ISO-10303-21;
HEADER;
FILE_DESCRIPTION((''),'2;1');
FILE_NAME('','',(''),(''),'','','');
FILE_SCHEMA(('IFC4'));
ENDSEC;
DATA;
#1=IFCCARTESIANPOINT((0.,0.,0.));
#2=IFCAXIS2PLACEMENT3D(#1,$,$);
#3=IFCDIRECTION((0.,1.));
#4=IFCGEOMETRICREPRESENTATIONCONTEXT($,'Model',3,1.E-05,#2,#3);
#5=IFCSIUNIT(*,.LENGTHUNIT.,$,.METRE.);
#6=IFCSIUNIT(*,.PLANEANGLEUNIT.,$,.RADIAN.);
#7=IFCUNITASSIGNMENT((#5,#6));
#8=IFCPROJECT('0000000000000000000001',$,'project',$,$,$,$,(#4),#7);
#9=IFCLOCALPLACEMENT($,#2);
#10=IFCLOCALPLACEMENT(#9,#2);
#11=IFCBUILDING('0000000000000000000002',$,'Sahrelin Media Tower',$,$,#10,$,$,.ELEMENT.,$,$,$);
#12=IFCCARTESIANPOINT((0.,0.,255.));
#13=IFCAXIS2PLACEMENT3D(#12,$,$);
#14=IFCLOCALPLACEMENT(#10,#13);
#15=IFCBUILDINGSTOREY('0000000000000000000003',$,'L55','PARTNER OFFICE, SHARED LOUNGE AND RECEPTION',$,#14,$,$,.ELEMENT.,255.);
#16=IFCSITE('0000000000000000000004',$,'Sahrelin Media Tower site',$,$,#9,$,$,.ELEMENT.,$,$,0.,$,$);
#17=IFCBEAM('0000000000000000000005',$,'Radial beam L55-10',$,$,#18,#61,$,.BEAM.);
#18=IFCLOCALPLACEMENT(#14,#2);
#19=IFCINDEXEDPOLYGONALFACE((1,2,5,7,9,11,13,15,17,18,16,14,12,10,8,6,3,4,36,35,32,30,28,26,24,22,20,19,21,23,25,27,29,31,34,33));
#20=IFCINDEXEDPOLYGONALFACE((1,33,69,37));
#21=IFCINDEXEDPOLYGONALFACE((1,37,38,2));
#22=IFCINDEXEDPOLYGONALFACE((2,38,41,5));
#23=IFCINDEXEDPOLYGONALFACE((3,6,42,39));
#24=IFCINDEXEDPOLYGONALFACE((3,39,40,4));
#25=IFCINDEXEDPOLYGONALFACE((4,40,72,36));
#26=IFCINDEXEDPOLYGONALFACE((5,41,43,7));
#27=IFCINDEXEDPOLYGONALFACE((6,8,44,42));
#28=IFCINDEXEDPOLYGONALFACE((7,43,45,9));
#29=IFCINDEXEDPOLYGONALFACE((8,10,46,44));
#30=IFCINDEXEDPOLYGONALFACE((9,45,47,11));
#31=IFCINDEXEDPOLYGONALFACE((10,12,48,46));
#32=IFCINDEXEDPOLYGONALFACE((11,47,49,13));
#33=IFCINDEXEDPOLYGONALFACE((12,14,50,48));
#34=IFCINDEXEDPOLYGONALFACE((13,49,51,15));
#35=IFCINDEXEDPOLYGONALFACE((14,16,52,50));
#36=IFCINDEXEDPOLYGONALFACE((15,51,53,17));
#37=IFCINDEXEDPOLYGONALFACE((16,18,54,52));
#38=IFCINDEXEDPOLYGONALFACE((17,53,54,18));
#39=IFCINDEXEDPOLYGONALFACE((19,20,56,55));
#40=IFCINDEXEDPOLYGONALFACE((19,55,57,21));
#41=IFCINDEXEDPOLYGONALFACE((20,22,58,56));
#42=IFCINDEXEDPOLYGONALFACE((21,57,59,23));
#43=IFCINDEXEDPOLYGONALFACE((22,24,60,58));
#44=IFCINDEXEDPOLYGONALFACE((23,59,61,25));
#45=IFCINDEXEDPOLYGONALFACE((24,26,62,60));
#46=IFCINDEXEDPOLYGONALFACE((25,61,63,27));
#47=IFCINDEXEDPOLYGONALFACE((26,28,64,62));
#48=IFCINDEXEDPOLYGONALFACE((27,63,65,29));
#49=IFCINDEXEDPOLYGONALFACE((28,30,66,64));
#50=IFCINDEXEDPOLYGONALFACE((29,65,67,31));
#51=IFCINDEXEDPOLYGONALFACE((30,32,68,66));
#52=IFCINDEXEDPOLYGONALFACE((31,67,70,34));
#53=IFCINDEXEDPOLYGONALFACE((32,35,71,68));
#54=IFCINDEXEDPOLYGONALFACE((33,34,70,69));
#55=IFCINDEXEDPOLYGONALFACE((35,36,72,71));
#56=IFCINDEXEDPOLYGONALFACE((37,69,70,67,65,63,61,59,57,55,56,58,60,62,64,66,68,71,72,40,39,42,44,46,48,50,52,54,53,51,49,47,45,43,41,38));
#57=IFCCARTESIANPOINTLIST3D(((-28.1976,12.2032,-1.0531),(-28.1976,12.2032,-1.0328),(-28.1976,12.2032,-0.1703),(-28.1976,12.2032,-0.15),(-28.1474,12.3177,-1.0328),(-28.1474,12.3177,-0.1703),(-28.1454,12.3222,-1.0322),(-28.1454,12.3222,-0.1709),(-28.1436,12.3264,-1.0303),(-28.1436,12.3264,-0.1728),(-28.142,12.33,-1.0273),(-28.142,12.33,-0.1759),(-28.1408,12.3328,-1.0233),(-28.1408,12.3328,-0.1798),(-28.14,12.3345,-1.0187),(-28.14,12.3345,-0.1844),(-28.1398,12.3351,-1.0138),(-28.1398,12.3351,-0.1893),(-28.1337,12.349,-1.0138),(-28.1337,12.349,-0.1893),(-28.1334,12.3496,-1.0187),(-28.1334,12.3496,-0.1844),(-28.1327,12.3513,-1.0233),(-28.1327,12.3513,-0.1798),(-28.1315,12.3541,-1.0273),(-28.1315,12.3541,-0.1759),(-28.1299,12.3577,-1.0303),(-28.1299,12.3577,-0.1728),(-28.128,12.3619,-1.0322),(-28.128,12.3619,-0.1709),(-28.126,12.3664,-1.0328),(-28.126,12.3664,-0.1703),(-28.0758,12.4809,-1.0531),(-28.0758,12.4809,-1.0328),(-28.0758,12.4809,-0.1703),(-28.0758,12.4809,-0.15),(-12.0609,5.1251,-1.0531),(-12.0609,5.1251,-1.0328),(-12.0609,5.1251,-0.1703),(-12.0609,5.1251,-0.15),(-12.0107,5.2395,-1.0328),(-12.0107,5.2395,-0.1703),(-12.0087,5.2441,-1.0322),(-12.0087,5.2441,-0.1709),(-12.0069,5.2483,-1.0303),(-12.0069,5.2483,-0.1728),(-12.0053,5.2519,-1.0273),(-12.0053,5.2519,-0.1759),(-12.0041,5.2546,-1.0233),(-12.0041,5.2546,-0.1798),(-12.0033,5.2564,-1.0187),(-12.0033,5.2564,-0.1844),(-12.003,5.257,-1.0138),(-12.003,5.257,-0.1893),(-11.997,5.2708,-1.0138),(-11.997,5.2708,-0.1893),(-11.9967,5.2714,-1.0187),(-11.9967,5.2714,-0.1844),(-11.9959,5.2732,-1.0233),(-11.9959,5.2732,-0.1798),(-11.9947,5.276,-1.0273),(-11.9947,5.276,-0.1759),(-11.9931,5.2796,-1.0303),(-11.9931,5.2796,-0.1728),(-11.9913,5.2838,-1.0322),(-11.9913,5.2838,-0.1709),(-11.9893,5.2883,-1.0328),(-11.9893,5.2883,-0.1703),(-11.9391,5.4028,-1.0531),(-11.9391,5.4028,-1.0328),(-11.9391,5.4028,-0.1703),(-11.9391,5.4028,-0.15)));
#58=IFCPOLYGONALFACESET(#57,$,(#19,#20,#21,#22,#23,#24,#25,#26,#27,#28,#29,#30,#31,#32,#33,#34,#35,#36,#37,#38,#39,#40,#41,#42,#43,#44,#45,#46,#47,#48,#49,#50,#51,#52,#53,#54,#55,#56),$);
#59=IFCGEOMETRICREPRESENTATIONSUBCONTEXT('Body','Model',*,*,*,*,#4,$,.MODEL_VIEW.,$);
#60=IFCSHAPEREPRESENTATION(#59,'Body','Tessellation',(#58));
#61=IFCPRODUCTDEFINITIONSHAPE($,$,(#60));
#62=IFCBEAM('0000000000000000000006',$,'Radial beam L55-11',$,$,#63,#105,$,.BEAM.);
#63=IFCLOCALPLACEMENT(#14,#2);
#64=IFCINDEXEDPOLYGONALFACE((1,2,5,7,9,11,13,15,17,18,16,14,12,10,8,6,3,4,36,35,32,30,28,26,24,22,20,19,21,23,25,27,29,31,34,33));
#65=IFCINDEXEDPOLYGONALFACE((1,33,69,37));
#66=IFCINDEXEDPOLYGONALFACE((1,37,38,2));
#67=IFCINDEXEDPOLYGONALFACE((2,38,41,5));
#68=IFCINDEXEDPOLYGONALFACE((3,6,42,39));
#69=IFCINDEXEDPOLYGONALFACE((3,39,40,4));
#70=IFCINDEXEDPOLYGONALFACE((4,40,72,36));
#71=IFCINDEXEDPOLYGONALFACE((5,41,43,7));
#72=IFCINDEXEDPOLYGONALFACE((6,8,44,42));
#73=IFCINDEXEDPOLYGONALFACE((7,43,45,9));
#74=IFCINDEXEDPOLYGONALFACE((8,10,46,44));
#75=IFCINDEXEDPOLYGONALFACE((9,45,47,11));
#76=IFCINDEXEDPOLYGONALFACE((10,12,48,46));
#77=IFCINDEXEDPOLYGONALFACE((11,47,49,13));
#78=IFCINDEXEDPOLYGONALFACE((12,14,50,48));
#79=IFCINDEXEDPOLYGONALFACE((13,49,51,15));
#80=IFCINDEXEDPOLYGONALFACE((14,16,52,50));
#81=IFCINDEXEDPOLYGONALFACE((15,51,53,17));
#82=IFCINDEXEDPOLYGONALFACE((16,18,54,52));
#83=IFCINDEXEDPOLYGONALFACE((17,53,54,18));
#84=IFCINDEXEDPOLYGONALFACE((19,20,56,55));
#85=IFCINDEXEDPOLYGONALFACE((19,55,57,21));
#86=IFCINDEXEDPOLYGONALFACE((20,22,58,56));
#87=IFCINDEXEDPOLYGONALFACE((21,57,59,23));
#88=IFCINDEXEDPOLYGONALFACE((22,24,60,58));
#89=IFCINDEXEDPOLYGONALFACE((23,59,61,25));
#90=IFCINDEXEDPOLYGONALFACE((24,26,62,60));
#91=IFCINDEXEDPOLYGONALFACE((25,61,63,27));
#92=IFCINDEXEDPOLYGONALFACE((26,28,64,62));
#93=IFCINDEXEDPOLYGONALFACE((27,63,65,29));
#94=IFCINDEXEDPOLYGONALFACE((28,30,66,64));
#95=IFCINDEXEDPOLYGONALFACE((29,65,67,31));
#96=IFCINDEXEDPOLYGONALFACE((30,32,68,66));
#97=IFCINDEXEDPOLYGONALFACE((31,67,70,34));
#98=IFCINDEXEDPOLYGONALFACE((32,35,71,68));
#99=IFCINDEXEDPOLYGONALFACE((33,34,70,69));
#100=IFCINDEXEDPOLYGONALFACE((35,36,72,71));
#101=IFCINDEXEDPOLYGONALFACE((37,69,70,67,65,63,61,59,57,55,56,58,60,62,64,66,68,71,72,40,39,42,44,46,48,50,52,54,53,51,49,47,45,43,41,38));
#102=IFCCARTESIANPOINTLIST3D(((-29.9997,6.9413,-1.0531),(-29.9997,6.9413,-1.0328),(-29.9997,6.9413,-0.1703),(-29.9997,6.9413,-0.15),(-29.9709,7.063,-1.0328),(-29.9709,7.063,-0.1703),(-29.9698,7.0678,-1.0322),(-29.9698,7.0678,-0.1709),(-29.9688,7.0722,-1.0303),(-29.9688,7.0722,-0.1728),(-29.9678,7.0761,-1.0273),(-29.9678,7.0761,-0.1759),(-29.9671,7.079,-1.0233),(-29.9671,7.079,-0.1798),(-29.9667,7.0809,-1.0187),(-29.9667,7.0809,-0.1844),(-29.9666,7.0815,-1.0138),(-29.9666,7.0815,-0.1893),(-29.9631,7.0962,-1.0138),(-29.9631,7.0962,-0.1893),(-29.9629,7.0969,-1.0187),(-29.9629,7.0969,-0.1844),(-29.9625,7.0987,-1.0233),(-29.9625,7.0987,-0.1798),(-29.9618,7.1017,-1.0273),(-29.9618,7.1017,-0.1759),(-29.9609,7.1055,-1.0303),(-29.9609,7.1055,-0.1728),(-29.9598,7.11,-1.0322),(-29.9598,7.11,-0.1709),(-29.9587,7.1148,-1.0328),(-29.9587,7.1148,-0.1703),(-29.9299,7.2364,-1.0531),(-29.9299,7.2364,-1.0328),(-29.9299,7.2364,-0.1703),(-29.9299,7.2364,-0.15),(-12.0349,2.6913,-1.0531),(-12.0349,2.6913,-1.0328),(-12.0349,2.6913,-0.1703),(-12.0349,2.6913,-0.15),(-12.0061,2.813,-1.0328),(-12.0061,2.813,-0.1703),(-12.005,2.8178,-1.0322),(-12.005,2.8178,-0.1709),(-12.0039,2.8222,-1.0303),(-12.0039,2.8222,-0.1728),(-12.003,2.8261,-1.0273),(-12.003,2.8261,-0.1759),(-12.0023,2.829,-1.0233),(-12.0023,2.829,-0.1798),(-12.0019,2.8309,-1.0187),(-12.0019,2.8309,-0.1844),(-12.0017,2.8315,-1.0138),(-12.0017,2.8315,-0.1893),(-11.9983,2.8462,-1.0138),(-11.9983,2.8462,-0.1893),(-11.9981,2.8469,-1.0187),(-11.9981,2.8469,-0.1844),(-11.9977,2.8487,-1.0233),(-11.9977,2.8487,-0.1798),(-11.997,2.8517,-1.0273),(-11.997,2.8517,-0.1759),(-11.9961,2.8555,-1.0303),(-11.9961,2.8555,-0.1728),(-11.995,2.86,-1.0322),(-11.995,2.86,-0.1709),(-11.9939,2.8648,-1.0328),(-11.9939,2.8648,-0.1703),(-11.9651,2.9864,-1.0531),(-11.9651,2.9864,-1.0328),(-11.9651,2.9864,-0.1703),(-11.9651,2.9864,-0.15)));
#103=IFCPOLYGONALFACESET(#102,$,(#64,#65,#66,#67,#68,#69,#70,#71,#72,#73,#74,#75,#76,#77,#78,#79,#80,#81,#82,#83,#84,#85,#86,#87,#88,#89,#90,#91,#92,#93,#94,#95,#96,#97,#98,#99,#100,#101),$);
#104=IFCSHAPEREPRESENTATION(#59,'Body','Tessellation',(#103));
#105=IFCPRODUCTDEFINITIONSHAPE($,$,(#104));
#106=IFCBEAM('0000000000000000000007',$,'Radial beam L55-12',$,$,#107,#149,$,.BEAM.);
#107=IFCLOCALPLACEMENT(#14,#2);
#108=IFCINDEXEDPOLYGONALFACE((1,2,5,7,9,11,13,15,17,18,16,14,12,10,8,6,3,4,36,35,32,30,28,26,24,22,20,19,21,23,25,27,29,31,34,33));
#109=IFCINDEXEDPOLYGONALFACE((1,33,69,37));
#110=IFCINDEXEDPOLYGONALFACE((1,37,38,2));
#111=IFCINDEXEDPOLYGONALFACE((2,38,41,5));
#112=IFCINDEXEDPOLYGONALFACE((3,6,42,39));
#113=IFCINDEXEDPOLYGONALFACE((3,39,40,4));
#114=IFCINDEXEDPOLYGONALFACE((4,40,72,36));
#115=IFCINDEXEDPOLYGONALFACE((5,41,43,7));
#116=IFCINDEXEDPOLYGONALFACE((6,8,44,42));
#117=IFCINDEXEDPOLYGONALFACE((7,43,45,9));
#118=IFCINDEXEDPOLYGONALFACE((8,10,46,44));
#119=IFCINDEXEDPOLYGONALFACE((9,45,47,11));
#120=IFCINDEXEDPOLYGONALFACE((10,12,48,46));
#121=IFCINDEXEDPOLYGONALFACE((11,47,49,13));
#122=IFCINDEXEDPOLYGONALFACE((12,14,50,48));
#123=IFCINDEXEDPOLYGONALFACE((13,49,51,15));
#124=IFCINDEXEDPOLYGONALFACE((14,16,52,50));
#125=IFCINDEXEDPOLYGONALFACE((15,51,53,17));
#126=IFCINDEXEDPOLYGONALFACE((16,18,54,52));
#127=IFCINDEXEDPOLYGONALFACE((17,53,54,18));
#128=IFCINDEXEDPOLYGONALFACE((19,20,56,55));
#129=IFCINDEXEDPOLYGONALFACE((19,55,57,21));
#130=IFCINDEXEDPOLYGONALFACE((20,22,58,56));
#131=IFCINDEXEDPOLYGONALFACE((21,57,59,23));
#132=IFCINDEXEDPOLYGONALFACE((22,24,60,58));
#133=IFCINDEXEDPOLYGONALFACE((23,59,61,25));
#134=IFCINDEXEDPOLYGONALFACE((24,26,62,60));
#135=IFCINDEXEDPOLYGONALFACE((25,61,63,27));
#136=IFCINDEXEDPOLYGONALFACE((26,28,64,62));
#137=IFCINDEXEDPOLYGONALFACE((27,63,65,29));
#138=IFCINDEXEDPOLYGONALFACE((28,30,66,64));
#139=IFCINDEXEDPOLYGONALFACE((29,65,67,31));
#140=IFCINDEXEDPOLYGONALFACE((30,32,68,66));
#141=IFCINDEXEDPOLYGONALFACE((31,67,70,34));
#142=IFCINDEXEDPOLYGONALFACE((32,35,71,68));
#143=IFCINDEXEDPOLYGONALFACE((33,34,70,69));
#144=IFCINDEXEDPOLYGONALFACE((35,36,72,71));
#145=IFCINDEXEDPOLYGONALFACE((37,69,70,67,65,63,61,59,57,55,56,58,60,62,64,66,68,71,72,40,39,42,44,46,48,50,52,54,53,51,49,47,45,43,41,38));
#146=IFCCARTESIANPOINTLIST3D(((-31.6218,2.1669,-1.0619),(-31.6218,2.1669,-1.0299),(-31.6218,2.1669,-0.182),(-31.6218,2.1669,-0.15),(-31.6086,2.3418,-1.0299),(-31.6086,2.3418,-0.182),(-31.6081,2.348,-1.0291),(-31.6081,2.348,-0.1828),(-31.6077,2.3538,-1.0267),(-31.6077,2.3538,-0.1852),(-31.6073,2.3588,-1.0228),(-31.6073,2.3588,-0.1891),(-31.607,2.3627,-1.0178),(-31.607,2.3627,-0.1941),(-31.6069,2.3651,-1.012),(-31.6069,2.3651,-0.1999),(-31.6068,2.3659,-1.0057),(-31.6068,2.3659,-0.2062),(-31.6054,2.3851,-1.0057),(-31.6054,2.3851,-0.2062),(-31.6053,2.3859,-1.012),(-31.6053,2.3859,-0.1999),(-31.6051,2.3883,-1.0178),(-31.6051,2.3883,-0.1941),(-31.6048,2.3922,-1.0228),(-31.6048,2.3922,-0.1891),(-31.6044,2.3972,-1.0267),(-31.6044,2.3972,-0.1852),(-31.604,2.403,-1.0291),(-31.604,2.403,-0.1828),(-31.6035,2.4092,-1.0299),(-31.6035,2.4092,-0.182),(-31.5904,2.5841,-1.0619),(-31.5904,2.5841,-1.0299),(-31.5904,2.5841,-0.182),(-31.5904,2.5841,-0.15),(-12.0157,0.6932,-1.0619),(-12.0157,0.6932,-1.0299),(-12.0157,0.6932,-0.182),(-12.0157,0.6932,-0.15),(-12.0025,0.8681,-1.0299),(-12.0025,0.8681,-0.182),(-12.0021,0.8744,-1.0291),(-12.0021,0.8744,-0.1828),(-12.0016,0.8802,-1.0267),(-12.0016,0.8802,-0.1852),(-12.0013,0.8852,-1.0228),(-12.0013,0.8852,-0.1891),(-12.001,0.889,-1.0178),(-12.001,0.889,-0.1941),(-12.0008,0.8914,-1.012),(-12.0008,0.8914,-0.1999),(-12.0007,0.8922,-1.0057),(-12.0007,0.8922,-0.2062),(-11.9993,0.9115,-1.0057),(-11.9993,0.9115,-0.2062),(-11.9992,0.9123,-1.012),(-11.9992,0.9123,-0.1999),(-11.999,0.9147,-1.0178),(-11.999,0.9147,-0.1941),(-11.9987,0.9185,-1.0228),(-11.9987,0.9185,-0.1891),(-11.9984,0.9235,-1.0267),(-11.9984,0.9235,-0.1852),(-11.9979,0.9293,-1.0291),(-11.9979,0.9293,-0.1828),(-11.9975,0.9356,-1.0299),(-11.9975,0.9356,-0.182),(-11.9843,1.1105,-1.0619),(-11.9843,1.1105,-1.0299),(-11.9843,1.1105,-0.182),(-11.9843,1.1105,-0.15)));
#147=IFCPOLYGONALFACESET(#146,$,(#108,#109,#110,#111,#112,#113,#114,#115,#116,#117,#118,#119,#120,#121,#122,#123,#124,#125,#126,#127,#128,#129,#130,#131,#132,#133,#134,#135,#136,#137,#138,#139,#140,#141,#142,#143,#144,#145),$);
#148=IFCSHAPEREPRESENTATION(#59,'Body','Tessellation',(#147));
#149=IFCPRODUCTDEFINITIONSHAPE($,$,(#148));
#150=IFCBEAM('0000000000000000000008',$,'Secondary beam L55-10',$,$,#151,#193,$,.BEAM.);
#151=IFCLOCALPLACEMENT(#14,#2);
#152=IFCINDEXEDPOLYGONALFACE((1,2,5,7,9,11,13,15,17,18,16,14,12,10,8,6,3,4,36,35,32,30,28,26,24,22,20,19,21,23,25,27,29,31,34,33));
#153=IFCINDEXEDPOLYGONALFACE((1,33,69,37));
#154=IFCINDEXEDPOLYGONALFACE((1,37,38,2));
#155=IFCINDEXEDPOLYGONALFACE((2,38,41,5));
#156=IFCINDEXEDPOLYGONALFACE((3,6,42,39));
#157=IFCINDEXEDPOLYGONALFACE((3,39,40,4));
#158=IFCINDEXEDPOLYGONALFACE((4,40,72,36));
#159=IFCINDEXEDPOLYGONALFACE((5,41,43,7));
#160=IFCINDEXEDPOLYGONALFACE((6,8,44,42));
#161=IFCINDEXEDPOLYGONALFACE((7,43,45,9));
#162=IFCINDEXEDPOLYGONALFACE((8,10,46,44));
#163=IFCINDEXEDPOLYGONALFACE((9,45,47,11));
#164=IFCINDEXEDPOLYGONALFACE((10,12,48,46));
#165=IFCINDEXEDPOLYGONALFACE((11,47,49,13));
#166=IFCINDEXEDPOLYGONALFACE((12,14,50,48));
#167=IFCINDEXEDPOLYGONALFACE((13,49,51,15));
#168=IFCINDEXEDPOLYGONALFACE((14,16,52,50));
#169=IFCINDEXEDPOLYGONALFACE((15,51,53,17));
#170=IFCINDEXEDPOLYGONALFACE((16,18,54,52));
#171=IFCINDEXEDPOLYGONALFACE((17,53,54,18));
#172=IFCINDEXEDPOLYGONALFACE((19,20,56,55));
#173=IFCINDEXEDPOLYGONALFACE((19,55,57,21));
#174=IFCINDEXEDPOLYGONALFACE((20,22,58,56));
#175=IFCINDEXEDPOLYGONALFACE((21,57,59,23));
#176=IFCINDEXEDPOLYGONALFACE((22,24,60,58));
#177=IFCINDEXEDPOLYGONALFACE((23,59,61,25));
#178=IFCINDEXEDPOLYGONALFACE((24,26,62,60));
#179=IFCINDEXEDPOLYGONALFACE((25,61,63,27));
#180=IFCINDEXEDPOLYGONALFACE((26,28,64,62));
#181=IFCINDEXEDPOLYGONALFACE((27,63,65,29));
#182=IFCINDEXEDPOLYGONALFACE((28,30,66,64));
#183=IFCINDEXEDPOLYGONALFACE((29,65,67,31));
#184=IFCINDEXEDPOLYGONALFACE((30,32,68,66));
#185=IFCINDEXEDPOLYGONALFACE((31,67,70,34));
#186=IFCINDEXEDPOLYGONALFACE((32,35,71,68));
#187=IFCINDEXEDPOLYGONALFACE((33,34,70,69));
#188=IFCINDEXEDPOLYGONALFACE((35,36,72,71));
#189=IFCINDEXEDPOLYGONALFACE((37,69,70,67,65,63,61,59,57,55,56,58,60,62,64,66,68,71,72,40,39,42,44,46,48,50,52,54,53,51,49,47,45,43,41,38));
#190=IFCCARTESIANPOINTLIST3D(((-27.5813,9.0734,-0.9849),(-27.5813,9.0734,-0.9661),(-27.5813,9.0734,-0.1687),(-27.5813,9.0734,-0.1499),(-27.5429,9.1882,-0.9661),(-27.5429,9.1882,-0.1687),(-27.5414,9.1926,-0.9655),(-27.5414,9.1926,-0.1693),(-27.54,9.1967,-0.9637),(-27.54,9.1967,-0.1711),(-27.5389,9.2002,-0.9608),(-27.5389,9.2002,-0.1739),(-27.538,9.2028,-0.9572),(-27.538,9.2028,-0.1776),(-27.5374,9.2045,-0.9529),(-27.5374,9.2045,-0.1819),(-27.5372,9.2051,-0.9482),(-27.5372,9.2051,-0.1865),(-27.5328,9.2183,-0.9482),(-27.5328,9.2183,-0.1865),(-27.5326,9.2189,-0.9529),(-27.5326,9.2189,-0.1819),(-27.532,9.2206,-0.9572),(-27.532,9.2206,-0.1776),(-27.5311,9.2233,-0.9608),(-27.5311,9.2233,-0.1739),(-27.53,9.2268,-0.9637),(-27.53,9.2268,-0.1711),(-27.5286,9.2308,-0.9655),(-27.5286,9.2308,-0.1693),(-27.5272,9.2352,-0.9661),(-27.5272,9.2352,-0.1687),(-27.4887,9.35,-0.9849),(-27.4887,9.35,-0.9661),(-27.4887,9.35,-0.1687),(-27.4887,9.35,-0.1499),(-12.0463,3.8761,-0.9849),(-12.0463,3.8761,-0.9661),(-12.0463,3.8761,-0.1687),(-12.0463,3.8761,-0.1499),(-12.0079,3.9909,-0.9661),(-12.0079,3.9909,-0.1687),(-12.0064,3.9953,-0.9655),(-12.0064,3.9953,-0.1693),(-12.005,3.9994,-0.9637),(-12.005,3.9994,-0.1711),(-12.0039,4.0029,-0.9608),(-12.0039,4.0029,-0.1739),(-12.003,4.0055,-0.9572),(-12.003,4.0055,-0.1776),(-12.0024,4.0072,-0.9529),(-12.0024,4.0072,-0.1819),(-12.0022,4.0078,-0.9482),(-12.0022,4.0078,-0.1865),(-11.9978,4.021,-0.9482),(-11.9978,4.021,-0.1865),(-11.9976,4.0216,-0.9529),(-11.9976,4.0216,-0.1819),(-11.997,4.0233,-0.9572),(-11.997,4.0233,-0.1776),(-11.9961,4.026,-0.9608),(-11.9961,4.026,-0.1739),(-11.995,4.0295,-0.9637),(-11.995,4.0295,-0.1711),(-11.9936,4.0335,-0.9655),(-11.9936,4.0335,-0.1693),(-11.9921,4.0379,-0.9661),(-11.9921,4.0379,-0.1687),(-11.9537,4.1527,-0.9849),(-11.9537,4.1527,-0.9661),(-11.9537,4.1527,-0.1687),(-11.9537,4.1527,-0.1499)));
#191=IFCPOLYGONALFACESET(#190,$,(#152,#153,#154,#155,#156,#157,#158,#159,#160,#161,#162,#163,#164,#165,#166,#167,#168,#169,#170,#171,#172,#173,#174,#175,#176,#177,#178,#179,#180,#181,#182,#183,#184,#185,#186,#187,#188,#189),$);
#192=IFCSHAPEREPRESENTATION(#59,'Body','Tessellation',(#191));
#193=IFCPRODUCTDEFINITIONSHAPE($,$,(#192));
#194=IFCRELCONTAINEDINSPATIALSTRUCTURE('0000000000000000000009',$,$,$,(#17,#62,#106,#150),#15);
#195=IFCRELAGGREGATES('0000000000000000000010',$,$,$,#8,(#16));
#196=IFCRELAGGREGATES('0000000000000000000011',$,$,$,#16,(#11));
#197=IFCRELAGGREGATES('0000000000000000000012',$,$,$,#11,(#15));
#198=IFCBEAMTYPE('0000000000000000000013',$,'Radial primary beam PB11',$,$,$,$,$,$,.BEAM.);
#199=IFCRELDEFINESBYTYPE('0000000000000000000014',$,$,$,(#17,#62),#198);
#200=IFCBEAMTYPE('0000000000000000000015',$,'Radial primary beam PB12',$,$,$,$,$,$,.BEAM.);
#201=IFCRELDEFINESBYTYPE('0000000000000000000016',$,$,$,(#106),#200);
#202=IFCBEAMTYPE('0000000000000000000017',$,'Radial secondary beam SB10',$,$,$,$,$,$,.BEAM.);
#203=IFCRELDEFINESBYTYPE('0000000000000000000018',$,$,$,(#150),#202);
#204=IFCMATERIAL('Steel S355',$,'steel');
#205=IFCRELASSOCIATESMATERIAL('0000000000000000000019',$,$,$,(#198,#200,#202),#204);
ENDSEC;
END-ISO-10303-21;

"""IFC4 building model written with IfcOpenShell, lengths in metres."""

from ifc_helpers import new_model, si_unit, direction, frame, origin, origin_2d, place, context, subcontext, project, spatial, i_section, extrude, material, material_profile, profile_set, type_object, element, save


model = new_model("IFC4")

# Units and contexts
model_context = context("Model", 3, precision=1e-05, world=origin(), true_north=direction((0.0, 1.0)))
body_context = subcontext(model_context, "Body", "Model", "MODEL_VIEW")
ifc_project = project(units=[si_unit("LENGTHUNIT", "METRE"), si_unit("PLANEANGLEUNIT", "RADIAN")], contexts=[model_context])

# Site, building, storey
site_placement = place(None, origin())
site = spatial("IfcSite", under=ifc_project, at=site_placement, Name="Sahrelin Media Tower site", CompositionType="ELEMENT", RefElevation=0.0)
building_placement = place(site_placement, origin())
building = spatial("IfcBuilding", under=site, at=building_placement, Name="Sahrelin Media Tower", CompositionType="ELEMENT")
storey_placement = place(building_placement, frame((0.0, 0.0, 255.0)))
storey = spatial("IfcBuildingStorey", under=building, at=storey_placement, Name="L55", Description="PARTNER OFFICE, SHARED LOUNGE AND RECEPTION", CompositionType="ELEMENT", Elevation=255.0)

# Beams
ifc_material_1 = material(Name="Steel S355", Category="steel")
ifc_material_profile_1 = material_profile(ifc_material_1, i_section(OverallWidth=0.3032, OverallDepth=0.9031, WebThickness=0.0151, FlangeThickness=0.0203, FilletRadius=0.019, at=origin_2d()), Name="UB 914x305x201")
ifc_profile_set_1 = profile_set([ifc_material_profile_1], Name="Steel S355")
beam_type_1 = type_object("IfcBeamType", Name="Radial primary beam PB11", PredefinedType="BEAM", material=ifc_profile_set_1)
beam_1_placement = place(storey_placement, frame((-12.0, 5.2639, -0.6016), z_axis=(-0.915775, 0.401691, 0.0), x_axis=(-0.401691, -0.915775, 0.0)))
element("IfcBeam", 1, at=beam_1_placement, inside=storey, type_object=beam_type_1, Name="Radial beam L55-10", PredefinedType="BEAM", context=body_context, shape_type="SweptSolid", body=[
    extrude(i_section(OverallWidth=0.3032, OverallDepth=0.9031, WebThickness=0.0151, FlangeThickness=0.0203, FilletRadius=0.019, at=origin_2d()), origin(), (0.0, 0.0, 1.0), 17.6208),
])
beam_2_placement = place(storey_placement, frame((-12.0, 2.8389, -0.6016), z_axis=(-0.973139, 0.230219, 0.0), x_axis=(-0.230219, -0.973139, 0.0)))
element("IfcBeam", 2, at=beam_2_placement, inside=storey, type_object=beam_type_1, Name="Radial beam L55-11", PredefinedType="BEAM", context=body_context, shape_type="SweptSolid", body=[
    extrude(i_section(OverallWidth=0.3032, OverallDepth=0.9031, WebThickness=0.0151, FlangeThickness=0.0203, FilletRadius=0.019, at=origin_2d()), origin(), (0.0, 0.0, 1.0), 18.4607),
])
ifc_material_profile_2 = material_profile(ifc_material_1, i_section(OverallWidth=0.4185, OverallDepth=0.9119, WebThickness=0.0193, FlangeThickness=0.032, FilletRadius=0.0242, at=origin_2d()), Name="UB 914x419x343")
ifc_profile_set_2 = profile_set([ifc_material_profile_2], Name="Steel S355")
beam_type_2 = type_object("IfcBeamType", Name="Radial primary beam PB12", PredefinedType="BEAM", material=ifc_profile_set_2)
beam_3_placement = place(storey_placement, frame((-12.0, 0.9019, -0.606), z_axis=(-0.997187, 0.074951, 0.0), x_axis=(-0.074951, -0.997187, 0.0)))
element("IfcBeam", 3, at=beam_3_placement, inside=storey, type_object=beam_type_2, Name="Radial beam L55-12", PredefinedType="BEAM", context=body_context, shape_type="SweptSolid", body=[
    extrude(i_section(OverallWidth=0.4185, OverallDepth=0.9119, WebThickness=0.0193, FlangeThickness=0.032, FilletRadius=0.0242, at=origin_2d()), origin(), (0.0, 0.0, 1.0), 19.6614),
])
ifc_material_profile_3 = material_profile(ifc_material_1, i_section(OverallWidth=0.2917, OverallDepth=0.835, WebThickness=0.0139, FlangeThickness=0.0188, FilletRadius=0.0178, at=origin_2d()), Name="UB 838x292x176")
ifc_profile_set_3 = profile_set([ifc_material_profile_3], Name="Steel S355")
beam_type_3 = type_object("IfcBeamType", Name="Radial secondary beam SB10", PredefinedType="BEAM", material=ifc_profile_set_3)
beam_4_placement = place(storey_placement, frame((-12.0, 4.0144, -0.5674), z_axis=(-0.948335, 0.317269, 0.0), x_axis=(-0.317269, -0.948335, 0.0)))
element("IfcBeam", 4, at=beam_4_placement, inside=storey, type_object=beam_type_3, Name="Secondary beam L55-10", PredefinedType="BEAM", context=body_context, shape_type="SweptSolid", body=[
    extrude(i_section(OverallWidth=0.2917, OverallDepth=0.835, WebThickness=0.0139, FlangeThickness=0.0188, FilletRadius=0.0178, at=origin_2d()), origin(), (0.0, 0.0, 1.0), 16.3813),
])

save(model, "model.ifc")
